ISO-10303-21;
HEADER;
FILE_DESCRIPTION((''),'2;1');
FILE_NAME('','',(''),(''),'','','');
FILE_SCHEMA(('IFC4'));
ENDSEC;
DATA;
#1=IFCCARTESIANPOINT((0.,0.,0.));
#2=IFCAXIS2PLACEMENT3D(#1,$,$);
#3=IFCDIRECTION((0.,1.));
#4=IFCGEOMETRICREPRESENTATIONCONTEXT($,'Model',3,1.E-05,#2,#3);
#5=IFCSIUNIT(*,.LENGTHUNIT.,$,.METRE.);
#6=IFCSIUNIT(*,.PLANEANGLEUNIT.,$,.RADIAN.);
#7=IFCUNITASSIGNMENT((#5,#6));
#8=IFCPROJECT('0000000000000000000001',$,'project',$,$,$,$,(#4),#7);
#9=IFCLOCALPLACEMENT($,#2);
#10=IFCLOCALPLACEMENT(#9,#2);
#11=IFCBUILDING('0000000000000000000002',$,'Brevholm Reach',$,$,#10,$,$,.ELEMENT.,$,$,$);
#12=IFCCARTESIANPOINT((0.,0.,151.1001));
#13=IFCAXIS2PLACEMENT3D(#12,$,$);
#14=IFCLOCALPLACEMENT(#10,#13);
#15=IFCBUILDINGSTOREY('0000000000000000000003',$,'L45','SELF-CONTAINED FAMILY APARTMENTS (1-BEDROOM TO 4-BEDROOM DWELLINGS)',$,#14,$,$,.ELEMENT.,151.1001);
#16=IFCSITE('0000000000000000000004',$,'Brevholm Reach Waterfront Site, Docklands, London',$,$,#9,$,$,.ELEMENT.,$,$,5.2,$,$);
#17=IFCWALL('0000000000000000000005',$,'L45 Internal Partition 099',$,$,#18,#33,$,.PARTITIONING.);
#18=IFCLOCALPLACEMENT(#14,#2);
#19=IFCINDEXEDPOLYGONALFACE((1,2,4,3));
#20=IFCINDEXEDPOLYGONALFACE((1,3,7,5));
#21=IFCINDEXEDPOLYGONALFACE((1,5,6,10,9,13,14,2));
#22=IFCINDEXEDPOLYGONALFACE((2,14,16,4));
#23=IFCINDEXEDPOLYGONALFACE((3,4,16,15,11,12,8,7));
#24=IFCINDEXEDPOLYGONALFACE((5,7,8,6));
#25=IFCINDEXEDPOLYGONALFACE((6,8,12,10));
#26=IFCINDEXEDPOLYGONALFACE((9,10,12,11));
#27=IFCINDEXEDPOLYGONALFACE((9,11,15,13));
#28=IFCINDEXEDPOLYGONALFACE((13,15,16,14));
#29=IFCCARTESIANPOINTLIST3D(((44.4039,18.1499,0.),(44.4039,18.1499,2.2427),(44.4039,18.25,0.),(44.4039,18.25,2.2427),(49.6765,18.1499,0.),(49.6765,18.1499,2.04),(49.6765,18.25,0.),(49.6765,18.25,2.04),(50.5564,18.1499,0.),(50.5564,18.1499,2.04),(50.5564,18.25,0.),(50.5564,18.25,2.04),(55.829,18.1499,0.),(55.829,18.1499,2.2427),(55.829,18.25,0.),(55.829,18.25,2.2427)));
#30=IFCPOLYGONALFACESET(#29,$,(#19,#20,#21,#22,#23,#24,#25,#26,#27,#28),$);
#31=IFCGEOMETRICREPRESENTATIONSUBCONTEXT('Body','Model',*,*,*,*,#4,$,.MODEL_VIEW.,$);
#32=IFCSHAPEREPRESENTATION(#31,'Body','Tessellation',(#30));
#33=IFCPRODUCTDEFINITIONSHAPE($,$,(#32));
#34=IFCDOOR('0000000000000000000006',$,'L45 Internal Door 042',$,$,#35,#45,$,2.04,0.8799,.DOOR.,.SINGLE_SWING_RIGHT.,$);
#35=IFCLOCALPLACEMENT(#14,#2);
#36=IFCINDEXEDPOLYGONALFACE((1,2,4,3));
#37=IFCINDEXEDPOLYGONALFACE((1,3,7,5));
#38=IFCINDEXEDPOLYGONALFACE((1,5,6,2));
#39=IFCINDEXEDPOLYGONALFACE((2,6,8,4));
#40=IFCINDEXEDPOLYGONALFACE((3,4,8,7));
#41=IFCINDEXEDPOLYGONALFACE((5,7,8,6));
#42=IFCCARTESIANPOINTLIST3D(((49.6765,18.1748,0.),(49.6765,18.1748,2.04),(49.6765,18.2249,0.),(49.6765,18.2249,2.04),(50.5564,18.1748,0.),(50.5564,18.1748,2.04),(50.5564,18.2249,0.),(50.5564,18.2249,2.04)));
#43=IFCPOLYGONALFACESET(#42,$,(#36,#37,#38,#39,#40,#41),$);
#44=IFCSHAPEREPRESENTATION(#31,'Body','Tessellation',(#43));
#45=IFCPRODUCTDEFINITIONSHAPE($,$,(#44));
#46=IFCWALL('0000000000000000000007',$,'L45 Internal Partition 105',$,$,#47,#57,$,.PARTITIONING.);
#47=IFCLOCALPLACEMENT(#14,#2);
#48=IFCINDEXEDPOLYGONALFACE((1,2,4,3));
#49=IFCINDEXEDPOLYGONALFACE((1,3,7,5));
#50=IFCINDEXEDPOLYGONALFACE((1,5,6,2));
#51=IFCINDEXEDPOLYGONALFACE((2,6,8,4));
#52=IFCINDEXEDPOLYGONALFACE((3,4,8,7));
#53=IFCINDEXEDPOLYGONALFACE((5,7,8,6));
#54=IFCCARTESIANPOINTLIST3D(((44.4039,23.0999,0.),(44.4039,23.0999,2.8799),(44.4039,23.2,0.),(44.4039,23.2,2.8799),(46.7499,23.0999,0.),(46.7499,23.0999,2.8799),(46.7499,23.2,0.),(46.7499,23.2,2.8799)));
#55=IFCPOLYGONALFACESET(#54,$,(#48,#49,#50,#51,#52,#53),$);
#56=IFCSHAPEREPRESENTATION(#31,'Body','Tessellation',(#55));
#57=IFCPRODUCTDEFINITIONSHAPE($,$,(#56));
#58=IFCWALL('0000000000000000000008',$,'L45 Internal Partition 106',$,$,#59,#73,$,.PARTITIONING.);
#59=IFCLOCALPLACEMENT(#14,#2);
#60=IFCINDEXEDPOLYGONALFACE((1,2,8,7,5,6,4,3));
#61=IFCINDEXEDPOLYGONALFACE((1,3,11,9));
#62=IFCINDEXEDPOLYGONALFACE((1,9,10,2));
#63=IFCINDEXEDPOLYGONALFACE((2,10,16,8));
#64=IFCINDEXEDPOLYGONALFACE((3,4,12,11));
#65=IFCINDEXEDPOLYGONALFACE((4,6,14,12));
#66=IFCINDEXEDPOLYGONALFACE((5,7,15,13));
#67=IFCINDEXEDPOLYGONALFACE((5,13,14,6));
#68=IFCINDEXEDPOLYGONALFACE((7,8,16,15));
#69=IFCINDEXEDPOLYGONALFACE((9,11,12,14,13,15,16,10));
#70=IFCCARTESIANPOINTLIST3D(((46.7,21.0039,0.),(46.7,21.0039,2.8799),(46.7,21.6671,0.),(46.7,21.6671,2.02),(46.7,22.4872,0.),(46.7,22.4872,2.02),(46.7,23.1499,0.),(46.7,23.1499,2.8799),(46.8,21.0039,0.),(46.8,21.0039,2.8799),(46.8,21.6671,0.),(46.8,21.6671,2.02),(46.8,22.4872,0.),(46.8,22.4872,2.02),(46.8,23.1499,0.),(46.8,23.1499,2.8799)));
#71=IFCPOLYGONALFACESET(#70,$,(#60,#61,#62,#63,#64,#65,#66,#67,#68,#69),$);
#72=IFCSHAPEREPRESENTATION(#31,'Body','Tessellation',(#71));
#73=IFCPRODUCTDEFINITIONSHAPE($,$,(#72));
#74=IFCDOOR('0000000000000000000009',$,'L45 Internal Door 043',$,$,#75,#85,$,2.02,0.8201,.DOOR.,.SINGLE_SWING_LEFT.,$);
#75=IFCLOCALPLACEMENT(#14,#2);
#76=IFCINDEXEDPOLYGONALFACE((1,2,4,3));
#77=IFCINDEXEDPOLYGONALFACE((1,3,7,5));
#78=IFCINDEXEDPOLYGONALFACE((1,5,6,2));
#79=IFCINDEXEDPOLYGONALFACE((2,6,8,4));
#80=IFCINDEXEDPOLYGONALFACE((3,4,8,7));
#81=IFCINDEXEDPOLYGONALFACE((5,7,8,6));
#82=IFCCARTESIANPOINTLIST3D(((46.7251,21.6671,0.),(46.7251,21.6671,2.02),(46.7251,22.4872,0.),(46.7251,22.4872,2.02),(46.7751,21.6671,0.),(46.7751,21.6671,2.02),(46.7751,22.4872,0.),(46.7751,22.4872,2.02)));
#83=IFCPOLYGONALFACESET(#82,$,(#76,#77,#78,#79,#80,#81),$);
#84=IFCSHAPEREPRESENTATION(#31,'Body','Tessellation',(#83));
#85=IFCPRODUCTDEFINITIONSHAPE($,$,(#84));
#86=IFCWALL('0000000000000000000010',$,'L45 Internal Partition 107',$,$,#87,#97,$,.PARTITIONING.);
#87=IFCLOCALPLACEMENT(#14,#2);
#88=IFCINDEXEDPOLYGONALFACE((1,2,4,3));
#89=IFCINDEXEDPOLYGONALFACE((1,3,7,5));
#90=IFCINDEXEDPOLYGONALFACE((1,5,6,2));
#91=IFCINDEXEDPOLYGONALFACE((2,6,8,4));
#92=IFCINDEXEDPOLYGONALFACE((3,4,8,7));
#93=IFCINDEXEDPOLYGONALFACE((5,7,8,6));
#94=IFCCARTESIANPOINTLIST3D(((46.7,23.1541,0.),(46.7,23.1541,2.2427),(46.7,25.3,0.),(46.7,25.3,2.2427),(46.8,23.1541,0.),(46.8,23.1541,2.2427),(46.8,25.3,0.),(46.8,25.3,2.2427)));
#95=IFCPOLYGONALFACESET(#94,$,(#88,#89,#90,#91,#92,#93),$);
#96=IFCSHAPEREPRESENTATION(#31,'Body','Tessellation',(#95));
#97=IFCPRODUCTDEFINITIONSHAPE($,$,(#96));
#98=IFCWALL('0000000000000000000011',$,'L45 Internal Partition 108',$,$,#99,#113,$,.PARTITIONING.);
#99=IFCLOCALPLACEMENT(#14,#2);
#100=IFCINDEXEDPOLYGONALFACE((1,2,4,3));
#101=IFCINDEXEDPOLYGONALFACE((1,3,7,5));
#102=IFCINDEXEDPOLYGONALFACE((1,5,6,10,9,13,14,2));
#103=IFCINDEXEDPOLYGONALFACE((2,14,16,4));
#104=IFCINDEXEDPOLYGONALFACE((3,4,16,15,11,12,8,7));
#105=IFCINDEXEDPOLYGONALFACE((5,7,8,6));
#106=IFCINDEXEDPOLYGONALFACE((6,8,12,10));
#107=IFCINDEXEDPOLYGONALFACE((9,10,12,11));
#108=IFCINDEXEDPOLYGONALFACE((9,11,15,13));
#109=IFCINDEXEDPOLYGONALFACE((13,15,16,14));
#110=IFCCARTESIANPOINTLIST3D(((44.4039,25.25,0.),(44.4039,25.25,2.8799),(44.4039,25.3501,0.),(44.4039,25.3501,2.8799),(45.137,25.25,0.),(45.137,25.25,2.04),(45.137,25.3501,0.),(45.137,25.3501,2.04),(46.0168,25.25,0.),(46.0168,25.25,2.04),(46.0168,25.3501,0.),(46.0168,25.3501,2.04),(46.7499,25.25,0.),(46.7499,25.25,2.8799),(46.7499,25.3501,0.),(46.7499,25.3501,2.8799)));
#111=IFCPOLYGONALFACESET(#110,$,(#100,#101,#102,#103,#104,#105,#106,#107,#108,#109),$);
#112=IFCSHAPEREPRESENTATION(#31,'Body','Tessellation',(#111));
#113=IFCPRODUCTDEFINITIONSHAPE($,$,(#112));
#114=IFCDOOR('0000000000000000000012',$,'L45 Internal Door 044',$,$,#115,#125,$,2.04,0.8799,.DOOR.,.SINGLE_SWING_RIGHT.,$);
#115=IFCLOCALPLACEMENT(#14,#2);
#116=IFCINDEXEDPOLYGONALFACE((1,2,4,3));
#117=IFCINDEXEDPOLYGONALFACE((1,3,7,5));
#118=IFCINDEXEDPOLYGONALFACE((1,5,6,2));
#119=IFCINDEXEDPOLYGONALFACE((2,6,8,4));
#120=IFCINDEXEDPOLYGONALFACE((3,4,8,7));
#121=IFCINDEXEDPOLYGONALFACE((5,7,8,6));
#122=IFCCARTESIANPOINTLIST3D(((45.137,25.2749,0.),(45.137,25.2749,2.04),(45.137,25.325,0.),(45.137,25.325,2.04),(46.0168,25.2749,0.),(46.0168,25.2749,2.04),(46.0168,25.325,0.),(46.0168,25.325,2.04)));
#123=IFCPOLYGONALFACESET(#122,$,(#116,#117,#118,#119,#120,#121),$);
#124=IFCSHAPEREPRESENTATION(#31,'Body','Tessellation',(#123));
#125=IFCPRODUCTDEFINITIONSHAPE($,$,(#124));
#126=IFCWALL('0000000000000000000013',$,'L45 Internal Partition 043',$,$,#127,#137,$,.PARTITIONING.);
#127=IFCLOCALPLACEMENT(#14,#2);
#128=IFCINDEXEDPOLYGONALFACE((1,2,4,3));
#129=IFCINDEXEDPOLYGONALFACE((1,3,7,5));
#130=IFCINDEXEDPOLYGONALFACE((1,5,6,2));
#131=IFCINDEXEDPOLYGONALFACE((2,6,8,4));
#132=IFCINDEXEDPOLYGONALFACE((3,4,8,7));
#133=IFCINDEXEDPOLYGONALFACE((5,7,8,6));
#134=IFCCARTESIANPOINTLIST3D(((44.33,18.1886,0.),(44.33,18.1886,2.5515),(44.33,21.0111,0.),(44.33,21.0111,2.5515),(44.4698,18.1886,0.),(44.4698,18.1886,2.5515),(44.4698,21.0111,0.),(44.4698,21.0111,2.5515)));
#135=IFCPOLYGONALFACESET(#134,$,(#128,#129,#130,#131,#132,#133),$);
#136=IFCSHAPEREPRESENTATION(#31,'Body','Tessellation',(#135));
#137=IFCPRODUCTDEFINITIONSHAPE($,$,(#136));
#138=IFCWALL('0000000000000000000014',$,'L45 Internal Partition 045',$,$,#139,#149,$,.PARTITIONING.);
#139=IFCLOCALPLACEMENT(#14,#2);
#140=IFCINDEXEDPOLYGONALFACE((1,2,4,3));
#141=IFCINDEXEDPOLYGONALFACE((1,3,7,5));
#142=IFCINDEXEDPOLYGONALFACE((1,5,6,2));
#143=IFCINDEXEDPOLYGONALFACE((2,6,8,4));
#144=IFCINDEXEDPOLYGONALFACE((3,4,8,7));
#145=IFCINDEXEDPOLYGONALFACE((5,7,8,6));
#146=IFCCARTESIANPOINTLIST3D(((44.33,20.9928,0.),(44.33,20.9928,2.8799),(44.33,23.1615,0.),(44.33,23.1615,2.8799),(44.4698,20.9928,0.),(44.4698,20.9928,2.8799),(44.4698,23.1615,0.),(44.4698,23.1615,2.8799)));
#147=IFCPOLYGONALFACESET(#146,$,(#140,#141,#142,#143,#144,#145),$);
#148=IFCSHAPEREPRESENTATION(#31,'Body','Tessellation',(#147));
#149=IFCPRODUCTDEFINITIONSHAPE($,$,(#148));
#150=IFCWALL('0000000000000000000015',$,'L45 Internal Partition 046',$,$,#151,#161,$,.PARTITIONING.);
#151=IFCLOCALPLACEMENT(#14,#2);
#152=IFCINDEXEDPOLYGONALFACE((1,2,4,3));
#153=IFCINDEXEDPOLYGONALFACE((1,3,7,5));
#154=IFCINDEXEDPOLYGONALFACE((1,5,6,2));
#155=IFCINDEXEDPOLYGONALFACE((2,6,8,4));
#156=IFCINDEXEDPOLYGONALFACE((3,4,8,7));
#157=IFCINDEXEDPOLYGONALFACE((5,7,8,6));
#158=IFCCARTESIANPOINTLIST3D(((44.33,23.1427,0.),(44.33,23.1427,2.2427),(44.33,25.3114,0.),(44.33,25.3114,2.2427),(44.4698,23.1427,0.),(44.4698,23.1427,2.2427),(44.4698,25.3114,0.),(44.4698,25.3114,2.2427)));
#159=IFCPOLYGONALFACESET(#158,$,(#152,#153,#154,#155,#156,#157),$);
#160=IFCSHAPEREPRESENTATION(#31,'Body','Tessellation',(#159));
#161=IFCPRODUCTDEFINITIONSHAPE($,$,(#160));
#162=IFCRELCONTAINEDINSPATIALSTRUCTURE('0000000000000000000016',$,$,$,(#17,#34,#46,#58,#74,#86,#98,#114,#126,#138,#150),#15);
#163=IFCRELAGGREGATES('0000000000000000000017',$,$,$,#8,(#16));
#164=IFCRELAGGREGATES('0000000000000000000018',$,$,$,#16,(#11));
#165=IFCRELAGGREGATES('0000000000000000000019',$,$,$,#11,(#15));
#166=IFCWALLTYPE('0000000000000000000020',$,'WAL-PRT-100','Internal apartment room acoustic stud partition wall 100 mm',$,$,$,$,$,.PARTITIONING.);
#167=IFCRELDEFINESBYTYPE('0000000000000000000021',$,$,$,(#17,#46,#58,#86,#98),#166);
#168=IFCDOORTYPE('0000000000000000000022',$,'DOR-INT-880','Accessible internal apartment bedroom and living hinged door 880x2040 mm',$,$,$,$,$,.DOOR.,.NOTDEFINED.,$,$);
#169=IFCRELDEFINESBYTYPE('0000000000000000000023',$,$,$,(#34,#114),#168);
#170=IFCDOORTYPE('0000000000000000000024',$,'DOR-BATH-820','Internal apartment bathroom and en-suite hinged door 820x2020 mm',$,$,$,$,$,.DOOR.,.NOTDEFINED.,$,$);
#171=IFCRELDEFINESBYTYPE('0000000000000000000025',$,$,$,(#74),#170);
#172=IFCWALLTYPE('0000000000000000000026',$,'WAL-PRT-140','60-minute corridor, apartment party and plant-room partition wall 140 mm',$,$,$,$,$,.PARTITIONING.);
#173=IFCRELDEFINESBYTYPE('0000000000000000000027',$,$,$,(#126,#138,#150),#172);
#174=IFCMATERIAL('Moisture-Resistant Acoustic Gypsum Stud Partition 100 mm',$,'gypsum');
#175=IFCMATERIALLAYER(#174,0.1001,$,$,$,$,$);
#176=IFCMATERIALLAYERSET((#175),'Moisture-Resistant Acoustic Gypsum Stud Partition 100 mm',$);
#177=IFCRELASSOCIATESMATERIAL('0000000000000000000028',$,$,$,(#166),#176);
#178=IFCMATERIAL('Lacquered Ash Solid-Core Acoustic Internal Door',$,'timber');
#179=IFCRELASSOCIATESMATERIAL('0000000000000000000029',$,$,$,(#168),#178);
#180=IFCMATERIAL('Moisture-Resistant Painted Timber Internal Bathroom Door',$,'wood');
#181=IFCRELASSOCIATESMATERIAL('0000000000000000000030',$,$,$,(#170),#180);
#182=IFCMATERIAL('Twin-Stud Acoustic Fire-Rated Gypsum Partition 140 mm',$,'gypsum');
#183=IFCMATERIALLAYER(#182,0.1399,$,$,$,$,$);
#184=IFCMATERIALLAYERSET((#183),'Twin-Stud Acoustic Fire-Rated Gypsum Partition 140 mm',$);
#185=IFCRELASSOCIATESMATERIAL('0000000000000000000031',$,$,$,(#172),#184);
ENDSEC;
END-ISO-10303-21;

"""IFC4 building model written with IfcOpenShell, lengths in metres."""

from ifc_helpers import new_model, si_unit, direction, frame, frame_2d, origin, place, context, subcontext, project, spatial, rectangle, extrude, material, layer, layer_set, type_object, element, fill, save


model = new_model("IFC4")

# Units and contexts
model_context = context("Model", 3, precision=1e-05, world=origin(), true_north=direction((0.0, 1.0)))
body_context = subcontext(model_context, "Body", "Model", "MODEL_VIEW")
ifc_project = project(units=[si_unit("LENGTHUNIT", "METRE"), si_unit("PLANEANGLEUNIT", "RADIAN")], contexts=[model_context])

# Site, building, storey
site_placement = place(None, origin())
site = spatial("IfcSite", under=ifc_project, at=site_placement, Name="Brevholm Reach Waterfront Site, Docklands, London", CompositionType="ELEMENT", RefElevation=5.2)
building_placement = place(site_placement, origin())
building = spatial("IfcBuilding", under=site, at=building_placement, Name="Brevholm Reach", CompositionType="ELEMENT")
storey_placement = place(building_placement, frame((0.0, 0.0, 151.1001)))
storey = spatial("IfcBuildingStorey", under=building, at=storey_placement, Name="L45", Description="SELF-CONTAINED FAMILY APARTMENTS (1-BEDROOM TO 4-BEDROOM DWELLINGS)", CompositionType="ELEMENT", Elevation=151.1001)

# Wall, opening, door
ifc_material_1 = material(Name="Moisture-Resistant Acoustic Gypsum Stud Partition 100 mm", Category="gypsum")
ifc_layer_1 = layer(ifc_material_1, 0.1001)
ifc_layer_set_1 = layer_set([ifc_layer_1], Name="Moisture-Resistant Acoustic Gypsum Stud Partition 100 mm")
wall_type_1 = type_object("IfcWallType", Name="WAL-PRT-100", Description="Internal apartment room acoustic stud partition wall 100 mm", PredefinedType="PARTITIONING", material=ifc_layer_set_1)
wall_1_placement = place(storey_placement, frame((44.4041, 18.2, 0.0), z_axis=(0.0, 0.0, 1.0), x_axis=(1.0, 0.0, 0.0)))
wall_1 = element("IfcWall", 1, at=wall_1_placement, inside=storey, type_object=wall_type_1, Name="L45 Internal Partition 099", PredefinedType="PARTITIONING", context=body_context, shape_type="SweptSolid", body=[
    extrude(rectangle(XDim=11.425, YDim=0.1001, at=frame_2d((5.7124, 0.0))), origin(), (0.0, 0.0, 1.0), 2.2427),
])
opening_1_placement = place(wall_1_placement, frame((5.2725, 0.0, 0.0)))
opening_1 = element("IfcOpeningElement", 2, at=opening_1_placement, cuts=wall_1, PredefinedType="OPENING", context=body_context, shape_type="SweptSolid", body=[
    extrude(rectangle(XDim=0.8799, YDim=2.04, at=frame_2d((0.4399, 1.02))), frame((0.0, 0.0601, 0.0), z_axis=(0.0, -1.0, 0.0), x_axis=(1.0, 0.0, 0.0)), (0.0, 0.0, 1.0), 0.1201),
])
ifc_material_2 = material(Name="Lacquered Ash Solid-Core Acoustic Internal Door", Category="timber")
door_type_1 = type_object("IfcDoorType", Name="DOR-INT-880", Description="Accessible internal apartment bedroom and living hinged door 880x2040 mm", OperationType="NOTDEFINED", PredefinedType="DOOR", material=ifc_material_2)
door_1_placement = place(opening_1_placement, origin())
door_1 = element("IfcDoor", 3, at=door_1_placement, inside=storey, type_object=door_type_1, Name="L45 Internal Door 042", OperationType="SINGLE_SWING_RIGHT", OverallHeight=2.04, OverallWidth=0.8799, PredefinedType="DOOR", context=body_context, shape_type="SweptSolid", body=[
    extrude(rectangle(XDim=0.8799, YDim=2.04, at=frame_2d((0.4399, 1.02))), frame((0.0, 0.0249, 0.0), z_axis=(0.0, -1.0, 0.0), x_axis=(1.0, 0.0, 0.0)), (0.0, 0.0, 1.0), 0.05),
])
fill(opening_1, door_1)

# Wall
wall_2_placement = place(storey_placement, frame((44.4041, 23.1499, 0.0), z_axis=(0.0, 0.0, 1.0), x_axis=(1.0, 0.0, 0.0)))
element("IfcWall", 4, at=wall_2_placement, inside=storey, type_object=wall_type_1, Name="L45 Internal Partition 105", PredefinedType="PARTITIONING", context=body_context, shape_type="SweptSolid", body=[
    extrude(rectangle(XDim=2.3459, YDim=0.1001, at=frame_2d((1.1729, 0.0))), origin(), (0.0, 0.0, 1.0), 2.8799),
])

# Wall, opening, door
wall_3_placement = place(storey_placement, frame((46.75, 21.0039, 0.0), z_axis=(0.0, 0.0, 1.0), x_axis=(0.0, 1.0, 0.0)))
wall_3 = element("IfcWall", 5, at=wall_3_placement, inside=storey, type_object=wall_type_1, Name="L45 Internal Partition 106", PredefinedType="PARTITIONING", context=body_context, shape_type="SweptSolid", body=[
    extrude(rectangle(XDim=2.146, YDim=0.1001, at=frame_2d((1.073, 0.0))), origin(), (0.0, 0.0, 1.0), 2.8799),
])
opening_2_placement = place(wall_3_placement, frame((0.6631, 0.0, 0.0)))
opening_2 = element("IfcOpeningElement", 6, at=opening_2_placement, cuts=wall_3, PredefinedType="OPENING", context=body_context, shape_type="SweptSolid", body=[
    extrude(rectangle(XDim=0.8201, YDim=2.02, at=frame_2d((0.4102, 1.01))), frame((0.0, 0.0601, 0.0), z_axis=(0.0, -1.0, 0.0), x_axis=(1.0, 0.0, 0.0)), (0.0, 0.0, 1.0), 0.1201),
])
ifc_material_3 = material(Name="Moisture-Resistant Painted Timber Internal Bathroom Door", Category="wood")
door_type_2 = type_object("IfcDoorType", Name="DOR-BATH-820", Description="Internal apartment bathroom and en-suite hinged door 820x2020 mm", OperationType="NOTDEFINED", PredefinedType="DOOR", material=ifc_material_3)
door_2_placement = place(opening_2_placement, origin())
door_2 = element("IfcDoor", 7, at=door_2_placement, inside=storey, type_object=door_type_2, Name="L45 Internal Door 043", OperationType="SINGLE_SWING_LEFT", OverallHeight=2.02, OverallWidth=0.8201, PredefinedType="DOOR", context=body_context, shape_type="SweptSolid", body=[
    extrude(rectangle(XDim=0.8201, YDim=2.02, at=frame_2d((0.4102, 1.01))), frame((0.0, 0.0249, 0.0), z_axis=(0.0, -1.0, 0.0), x_axis=(1.0, 0.0, 0.0)), (0.0, 0.0, 1.0), 0.05),
])
fill(opening_2, door_2)

# Wall
wall_4_placement = place(storey_placement, frame((46.75, 23.1541, 0.0), z_axis=(0.0, 0.0, 1.0), x_axis=(0.0, 1.0, 0.0)))
element("IfcWall", 8, at=wall_4_placement, inside=storey, type_object=wall_type_1, Name="L45 Internal Partition 107", PredefinedType="PARTITIONING", context=body_context, shape_type="SweptSolid", body=[
    extrude(rectangle(XDim=2.146, YDim=0.1001, at=frame_2d((1.073, 0.0))), origin(), (0.0, 0.0, 1.0), 2.2427),
])

# Wall, opening, door
wall_5_placement = place(storey_placement, frame((44.4041, 25.3, 0.0), z_axis=(0.0, 0.0, 1.0), x_axis=(1.0, 0.0, 0.0)))
wall_5 = element("IfcWall", 9, at=wall_5_placement, inside=storey, type_object=wall_type_1, Name="L45 Internal Partition 108", PredefinedType="PARTITIONING", context=body_context, shape_type="SweptSolid", body=[
    extrude(rectangle(XDim=2.3459, YDim=0.1001, at=frame_2d((1.1729, 0.0))), origin(), (0.0, 0.0, 1.0), 2.8799),
])
opening_3_placement = place(wall_5_placement, frame((0.7329, 0.0, 0.0)))
opening_3 = element("IfcOpeningElement", 10, at=opening_3_placement, cuts=wall_5, PredefinedType="OPENING", context=body_context, shape_type="SweptSolid", body=[
    extrude(rectangle(XDim=0.8799, YDim=2.04, at=frame_2d((0.4399, 1.02))), frame((0.0, 0.0601, 0.0), z_axis=(0.0, -1.0, 0.0), x_axis=(1.0, 0.0, 0.0)), (0.0, 0.0, 1.0), 0.1201),
])
door_3_placement = place(opening_3_placement, origin())
door_3 = element("IfcDoor", 11, at=door_3_placement, inside=storey, type_object=door_type_1, Name="L45 Internal Door 044", OperationType="SINGLE_SWING_RIGHT", OverallHeight=2.04, OverallWidth=0.8799, PredefinedType="DOOR", context=body_context, shape_type="SweptSolid", body=[
    extrude(rectangle(XDim=0.8799, YDim=2.04, at=frame_2d((0.4399, 1.02))), frame((0.0, 0.0249, 0.0), z_axis=(0.0, -1.0, 0.0), x_axis=(1.0, 0.0, 0.0)), (0.0, 0.0, 1.0), 0.05),
])
fill(opening_3, door_3)

# Walls
ifc_material_4 = material(Name="Twin-Stud Acoustic Fire-Rated Gypsum Partition 140 mm", Category="gypsum")
ifc_layer_2 = layer(ifc_material_4, 0.1399)
ifc_layer_set_2 = layer_set([ifc_layer_2], Name="Twin-Stud Acoustic Fire-Rated Gypsum Partition 140 mm")
wall_type_2 = type_object("IfcWallType", Name="WAL-PRT-140", Description="60-minute corridor, apartment party and plant-room partition wall 140 mm", PredefinedType="PARTITIONING", material=ifc_layer_set_2)
wall_6_placement = place(storey_placement, frame((44.3999, 18.1887, 0.0), z_axis=(0.0, 0.0, 1.0), x_axis=(0.0, 1.0, 0.0)))
element("IfcWall", 12, at=wall_6_placement, inside=storey, type_object=wall_type_2, Name="L45 Internal Partition 043", PredefinedType="PARTITIONING", context=body_context, shape_type="SweptSolid", body=[
    extrude(rectangle(XDim=2.8225, YDim=0.1399, at=frame_2d((1.4111, 0.0))), origin(), (0.0, 0.0, 1.0), 2.5515),
])
wall_7_placement = place(storey_placement, frame((44.3999, 20.9927, 0.0), z_axis=(0.0, 0.0, 1.0), x_axis=(0.0, 1.0, 0.0)))
element("IfcWall", 13, at=wall_7_placement, inside=storey, type_object=wall_type_2, Name="L45 Internal Partition 045", PredefinedType="PARTITIONING", context=body_context, shape_type="SweptSolid", body=[
    extrude(rectangle(XDim=2.1687, YDim=0.1399, at=frame_2d((1.0845, 0.0))), origin(), (0.0, 0.0, 1.0), 2.8799),
])
wall_8_placement = place(storey_placement, frame((44.3999, 23.1426, 0.0), z_axis=(0.0, 0.0, 1.0), x_axis=(0.0, 1.0, 0.0)))
element("IfcWall", 14, at=wall_8_placement, inside=storey, type_object=wall_type_2, Name="L45 Internal Partition 046", PredefinedType="PARTITIONING", context=body_context, shape_type="SweptSolid", body=[
    extrude(rectangle(XDim=2.1687, YDim=0.1399, at=frame_2d((1.0845, 0.0))), origin(), (0.0, 0.0, 1.0), 2.2427),
])

save(model, "model.ifc")
